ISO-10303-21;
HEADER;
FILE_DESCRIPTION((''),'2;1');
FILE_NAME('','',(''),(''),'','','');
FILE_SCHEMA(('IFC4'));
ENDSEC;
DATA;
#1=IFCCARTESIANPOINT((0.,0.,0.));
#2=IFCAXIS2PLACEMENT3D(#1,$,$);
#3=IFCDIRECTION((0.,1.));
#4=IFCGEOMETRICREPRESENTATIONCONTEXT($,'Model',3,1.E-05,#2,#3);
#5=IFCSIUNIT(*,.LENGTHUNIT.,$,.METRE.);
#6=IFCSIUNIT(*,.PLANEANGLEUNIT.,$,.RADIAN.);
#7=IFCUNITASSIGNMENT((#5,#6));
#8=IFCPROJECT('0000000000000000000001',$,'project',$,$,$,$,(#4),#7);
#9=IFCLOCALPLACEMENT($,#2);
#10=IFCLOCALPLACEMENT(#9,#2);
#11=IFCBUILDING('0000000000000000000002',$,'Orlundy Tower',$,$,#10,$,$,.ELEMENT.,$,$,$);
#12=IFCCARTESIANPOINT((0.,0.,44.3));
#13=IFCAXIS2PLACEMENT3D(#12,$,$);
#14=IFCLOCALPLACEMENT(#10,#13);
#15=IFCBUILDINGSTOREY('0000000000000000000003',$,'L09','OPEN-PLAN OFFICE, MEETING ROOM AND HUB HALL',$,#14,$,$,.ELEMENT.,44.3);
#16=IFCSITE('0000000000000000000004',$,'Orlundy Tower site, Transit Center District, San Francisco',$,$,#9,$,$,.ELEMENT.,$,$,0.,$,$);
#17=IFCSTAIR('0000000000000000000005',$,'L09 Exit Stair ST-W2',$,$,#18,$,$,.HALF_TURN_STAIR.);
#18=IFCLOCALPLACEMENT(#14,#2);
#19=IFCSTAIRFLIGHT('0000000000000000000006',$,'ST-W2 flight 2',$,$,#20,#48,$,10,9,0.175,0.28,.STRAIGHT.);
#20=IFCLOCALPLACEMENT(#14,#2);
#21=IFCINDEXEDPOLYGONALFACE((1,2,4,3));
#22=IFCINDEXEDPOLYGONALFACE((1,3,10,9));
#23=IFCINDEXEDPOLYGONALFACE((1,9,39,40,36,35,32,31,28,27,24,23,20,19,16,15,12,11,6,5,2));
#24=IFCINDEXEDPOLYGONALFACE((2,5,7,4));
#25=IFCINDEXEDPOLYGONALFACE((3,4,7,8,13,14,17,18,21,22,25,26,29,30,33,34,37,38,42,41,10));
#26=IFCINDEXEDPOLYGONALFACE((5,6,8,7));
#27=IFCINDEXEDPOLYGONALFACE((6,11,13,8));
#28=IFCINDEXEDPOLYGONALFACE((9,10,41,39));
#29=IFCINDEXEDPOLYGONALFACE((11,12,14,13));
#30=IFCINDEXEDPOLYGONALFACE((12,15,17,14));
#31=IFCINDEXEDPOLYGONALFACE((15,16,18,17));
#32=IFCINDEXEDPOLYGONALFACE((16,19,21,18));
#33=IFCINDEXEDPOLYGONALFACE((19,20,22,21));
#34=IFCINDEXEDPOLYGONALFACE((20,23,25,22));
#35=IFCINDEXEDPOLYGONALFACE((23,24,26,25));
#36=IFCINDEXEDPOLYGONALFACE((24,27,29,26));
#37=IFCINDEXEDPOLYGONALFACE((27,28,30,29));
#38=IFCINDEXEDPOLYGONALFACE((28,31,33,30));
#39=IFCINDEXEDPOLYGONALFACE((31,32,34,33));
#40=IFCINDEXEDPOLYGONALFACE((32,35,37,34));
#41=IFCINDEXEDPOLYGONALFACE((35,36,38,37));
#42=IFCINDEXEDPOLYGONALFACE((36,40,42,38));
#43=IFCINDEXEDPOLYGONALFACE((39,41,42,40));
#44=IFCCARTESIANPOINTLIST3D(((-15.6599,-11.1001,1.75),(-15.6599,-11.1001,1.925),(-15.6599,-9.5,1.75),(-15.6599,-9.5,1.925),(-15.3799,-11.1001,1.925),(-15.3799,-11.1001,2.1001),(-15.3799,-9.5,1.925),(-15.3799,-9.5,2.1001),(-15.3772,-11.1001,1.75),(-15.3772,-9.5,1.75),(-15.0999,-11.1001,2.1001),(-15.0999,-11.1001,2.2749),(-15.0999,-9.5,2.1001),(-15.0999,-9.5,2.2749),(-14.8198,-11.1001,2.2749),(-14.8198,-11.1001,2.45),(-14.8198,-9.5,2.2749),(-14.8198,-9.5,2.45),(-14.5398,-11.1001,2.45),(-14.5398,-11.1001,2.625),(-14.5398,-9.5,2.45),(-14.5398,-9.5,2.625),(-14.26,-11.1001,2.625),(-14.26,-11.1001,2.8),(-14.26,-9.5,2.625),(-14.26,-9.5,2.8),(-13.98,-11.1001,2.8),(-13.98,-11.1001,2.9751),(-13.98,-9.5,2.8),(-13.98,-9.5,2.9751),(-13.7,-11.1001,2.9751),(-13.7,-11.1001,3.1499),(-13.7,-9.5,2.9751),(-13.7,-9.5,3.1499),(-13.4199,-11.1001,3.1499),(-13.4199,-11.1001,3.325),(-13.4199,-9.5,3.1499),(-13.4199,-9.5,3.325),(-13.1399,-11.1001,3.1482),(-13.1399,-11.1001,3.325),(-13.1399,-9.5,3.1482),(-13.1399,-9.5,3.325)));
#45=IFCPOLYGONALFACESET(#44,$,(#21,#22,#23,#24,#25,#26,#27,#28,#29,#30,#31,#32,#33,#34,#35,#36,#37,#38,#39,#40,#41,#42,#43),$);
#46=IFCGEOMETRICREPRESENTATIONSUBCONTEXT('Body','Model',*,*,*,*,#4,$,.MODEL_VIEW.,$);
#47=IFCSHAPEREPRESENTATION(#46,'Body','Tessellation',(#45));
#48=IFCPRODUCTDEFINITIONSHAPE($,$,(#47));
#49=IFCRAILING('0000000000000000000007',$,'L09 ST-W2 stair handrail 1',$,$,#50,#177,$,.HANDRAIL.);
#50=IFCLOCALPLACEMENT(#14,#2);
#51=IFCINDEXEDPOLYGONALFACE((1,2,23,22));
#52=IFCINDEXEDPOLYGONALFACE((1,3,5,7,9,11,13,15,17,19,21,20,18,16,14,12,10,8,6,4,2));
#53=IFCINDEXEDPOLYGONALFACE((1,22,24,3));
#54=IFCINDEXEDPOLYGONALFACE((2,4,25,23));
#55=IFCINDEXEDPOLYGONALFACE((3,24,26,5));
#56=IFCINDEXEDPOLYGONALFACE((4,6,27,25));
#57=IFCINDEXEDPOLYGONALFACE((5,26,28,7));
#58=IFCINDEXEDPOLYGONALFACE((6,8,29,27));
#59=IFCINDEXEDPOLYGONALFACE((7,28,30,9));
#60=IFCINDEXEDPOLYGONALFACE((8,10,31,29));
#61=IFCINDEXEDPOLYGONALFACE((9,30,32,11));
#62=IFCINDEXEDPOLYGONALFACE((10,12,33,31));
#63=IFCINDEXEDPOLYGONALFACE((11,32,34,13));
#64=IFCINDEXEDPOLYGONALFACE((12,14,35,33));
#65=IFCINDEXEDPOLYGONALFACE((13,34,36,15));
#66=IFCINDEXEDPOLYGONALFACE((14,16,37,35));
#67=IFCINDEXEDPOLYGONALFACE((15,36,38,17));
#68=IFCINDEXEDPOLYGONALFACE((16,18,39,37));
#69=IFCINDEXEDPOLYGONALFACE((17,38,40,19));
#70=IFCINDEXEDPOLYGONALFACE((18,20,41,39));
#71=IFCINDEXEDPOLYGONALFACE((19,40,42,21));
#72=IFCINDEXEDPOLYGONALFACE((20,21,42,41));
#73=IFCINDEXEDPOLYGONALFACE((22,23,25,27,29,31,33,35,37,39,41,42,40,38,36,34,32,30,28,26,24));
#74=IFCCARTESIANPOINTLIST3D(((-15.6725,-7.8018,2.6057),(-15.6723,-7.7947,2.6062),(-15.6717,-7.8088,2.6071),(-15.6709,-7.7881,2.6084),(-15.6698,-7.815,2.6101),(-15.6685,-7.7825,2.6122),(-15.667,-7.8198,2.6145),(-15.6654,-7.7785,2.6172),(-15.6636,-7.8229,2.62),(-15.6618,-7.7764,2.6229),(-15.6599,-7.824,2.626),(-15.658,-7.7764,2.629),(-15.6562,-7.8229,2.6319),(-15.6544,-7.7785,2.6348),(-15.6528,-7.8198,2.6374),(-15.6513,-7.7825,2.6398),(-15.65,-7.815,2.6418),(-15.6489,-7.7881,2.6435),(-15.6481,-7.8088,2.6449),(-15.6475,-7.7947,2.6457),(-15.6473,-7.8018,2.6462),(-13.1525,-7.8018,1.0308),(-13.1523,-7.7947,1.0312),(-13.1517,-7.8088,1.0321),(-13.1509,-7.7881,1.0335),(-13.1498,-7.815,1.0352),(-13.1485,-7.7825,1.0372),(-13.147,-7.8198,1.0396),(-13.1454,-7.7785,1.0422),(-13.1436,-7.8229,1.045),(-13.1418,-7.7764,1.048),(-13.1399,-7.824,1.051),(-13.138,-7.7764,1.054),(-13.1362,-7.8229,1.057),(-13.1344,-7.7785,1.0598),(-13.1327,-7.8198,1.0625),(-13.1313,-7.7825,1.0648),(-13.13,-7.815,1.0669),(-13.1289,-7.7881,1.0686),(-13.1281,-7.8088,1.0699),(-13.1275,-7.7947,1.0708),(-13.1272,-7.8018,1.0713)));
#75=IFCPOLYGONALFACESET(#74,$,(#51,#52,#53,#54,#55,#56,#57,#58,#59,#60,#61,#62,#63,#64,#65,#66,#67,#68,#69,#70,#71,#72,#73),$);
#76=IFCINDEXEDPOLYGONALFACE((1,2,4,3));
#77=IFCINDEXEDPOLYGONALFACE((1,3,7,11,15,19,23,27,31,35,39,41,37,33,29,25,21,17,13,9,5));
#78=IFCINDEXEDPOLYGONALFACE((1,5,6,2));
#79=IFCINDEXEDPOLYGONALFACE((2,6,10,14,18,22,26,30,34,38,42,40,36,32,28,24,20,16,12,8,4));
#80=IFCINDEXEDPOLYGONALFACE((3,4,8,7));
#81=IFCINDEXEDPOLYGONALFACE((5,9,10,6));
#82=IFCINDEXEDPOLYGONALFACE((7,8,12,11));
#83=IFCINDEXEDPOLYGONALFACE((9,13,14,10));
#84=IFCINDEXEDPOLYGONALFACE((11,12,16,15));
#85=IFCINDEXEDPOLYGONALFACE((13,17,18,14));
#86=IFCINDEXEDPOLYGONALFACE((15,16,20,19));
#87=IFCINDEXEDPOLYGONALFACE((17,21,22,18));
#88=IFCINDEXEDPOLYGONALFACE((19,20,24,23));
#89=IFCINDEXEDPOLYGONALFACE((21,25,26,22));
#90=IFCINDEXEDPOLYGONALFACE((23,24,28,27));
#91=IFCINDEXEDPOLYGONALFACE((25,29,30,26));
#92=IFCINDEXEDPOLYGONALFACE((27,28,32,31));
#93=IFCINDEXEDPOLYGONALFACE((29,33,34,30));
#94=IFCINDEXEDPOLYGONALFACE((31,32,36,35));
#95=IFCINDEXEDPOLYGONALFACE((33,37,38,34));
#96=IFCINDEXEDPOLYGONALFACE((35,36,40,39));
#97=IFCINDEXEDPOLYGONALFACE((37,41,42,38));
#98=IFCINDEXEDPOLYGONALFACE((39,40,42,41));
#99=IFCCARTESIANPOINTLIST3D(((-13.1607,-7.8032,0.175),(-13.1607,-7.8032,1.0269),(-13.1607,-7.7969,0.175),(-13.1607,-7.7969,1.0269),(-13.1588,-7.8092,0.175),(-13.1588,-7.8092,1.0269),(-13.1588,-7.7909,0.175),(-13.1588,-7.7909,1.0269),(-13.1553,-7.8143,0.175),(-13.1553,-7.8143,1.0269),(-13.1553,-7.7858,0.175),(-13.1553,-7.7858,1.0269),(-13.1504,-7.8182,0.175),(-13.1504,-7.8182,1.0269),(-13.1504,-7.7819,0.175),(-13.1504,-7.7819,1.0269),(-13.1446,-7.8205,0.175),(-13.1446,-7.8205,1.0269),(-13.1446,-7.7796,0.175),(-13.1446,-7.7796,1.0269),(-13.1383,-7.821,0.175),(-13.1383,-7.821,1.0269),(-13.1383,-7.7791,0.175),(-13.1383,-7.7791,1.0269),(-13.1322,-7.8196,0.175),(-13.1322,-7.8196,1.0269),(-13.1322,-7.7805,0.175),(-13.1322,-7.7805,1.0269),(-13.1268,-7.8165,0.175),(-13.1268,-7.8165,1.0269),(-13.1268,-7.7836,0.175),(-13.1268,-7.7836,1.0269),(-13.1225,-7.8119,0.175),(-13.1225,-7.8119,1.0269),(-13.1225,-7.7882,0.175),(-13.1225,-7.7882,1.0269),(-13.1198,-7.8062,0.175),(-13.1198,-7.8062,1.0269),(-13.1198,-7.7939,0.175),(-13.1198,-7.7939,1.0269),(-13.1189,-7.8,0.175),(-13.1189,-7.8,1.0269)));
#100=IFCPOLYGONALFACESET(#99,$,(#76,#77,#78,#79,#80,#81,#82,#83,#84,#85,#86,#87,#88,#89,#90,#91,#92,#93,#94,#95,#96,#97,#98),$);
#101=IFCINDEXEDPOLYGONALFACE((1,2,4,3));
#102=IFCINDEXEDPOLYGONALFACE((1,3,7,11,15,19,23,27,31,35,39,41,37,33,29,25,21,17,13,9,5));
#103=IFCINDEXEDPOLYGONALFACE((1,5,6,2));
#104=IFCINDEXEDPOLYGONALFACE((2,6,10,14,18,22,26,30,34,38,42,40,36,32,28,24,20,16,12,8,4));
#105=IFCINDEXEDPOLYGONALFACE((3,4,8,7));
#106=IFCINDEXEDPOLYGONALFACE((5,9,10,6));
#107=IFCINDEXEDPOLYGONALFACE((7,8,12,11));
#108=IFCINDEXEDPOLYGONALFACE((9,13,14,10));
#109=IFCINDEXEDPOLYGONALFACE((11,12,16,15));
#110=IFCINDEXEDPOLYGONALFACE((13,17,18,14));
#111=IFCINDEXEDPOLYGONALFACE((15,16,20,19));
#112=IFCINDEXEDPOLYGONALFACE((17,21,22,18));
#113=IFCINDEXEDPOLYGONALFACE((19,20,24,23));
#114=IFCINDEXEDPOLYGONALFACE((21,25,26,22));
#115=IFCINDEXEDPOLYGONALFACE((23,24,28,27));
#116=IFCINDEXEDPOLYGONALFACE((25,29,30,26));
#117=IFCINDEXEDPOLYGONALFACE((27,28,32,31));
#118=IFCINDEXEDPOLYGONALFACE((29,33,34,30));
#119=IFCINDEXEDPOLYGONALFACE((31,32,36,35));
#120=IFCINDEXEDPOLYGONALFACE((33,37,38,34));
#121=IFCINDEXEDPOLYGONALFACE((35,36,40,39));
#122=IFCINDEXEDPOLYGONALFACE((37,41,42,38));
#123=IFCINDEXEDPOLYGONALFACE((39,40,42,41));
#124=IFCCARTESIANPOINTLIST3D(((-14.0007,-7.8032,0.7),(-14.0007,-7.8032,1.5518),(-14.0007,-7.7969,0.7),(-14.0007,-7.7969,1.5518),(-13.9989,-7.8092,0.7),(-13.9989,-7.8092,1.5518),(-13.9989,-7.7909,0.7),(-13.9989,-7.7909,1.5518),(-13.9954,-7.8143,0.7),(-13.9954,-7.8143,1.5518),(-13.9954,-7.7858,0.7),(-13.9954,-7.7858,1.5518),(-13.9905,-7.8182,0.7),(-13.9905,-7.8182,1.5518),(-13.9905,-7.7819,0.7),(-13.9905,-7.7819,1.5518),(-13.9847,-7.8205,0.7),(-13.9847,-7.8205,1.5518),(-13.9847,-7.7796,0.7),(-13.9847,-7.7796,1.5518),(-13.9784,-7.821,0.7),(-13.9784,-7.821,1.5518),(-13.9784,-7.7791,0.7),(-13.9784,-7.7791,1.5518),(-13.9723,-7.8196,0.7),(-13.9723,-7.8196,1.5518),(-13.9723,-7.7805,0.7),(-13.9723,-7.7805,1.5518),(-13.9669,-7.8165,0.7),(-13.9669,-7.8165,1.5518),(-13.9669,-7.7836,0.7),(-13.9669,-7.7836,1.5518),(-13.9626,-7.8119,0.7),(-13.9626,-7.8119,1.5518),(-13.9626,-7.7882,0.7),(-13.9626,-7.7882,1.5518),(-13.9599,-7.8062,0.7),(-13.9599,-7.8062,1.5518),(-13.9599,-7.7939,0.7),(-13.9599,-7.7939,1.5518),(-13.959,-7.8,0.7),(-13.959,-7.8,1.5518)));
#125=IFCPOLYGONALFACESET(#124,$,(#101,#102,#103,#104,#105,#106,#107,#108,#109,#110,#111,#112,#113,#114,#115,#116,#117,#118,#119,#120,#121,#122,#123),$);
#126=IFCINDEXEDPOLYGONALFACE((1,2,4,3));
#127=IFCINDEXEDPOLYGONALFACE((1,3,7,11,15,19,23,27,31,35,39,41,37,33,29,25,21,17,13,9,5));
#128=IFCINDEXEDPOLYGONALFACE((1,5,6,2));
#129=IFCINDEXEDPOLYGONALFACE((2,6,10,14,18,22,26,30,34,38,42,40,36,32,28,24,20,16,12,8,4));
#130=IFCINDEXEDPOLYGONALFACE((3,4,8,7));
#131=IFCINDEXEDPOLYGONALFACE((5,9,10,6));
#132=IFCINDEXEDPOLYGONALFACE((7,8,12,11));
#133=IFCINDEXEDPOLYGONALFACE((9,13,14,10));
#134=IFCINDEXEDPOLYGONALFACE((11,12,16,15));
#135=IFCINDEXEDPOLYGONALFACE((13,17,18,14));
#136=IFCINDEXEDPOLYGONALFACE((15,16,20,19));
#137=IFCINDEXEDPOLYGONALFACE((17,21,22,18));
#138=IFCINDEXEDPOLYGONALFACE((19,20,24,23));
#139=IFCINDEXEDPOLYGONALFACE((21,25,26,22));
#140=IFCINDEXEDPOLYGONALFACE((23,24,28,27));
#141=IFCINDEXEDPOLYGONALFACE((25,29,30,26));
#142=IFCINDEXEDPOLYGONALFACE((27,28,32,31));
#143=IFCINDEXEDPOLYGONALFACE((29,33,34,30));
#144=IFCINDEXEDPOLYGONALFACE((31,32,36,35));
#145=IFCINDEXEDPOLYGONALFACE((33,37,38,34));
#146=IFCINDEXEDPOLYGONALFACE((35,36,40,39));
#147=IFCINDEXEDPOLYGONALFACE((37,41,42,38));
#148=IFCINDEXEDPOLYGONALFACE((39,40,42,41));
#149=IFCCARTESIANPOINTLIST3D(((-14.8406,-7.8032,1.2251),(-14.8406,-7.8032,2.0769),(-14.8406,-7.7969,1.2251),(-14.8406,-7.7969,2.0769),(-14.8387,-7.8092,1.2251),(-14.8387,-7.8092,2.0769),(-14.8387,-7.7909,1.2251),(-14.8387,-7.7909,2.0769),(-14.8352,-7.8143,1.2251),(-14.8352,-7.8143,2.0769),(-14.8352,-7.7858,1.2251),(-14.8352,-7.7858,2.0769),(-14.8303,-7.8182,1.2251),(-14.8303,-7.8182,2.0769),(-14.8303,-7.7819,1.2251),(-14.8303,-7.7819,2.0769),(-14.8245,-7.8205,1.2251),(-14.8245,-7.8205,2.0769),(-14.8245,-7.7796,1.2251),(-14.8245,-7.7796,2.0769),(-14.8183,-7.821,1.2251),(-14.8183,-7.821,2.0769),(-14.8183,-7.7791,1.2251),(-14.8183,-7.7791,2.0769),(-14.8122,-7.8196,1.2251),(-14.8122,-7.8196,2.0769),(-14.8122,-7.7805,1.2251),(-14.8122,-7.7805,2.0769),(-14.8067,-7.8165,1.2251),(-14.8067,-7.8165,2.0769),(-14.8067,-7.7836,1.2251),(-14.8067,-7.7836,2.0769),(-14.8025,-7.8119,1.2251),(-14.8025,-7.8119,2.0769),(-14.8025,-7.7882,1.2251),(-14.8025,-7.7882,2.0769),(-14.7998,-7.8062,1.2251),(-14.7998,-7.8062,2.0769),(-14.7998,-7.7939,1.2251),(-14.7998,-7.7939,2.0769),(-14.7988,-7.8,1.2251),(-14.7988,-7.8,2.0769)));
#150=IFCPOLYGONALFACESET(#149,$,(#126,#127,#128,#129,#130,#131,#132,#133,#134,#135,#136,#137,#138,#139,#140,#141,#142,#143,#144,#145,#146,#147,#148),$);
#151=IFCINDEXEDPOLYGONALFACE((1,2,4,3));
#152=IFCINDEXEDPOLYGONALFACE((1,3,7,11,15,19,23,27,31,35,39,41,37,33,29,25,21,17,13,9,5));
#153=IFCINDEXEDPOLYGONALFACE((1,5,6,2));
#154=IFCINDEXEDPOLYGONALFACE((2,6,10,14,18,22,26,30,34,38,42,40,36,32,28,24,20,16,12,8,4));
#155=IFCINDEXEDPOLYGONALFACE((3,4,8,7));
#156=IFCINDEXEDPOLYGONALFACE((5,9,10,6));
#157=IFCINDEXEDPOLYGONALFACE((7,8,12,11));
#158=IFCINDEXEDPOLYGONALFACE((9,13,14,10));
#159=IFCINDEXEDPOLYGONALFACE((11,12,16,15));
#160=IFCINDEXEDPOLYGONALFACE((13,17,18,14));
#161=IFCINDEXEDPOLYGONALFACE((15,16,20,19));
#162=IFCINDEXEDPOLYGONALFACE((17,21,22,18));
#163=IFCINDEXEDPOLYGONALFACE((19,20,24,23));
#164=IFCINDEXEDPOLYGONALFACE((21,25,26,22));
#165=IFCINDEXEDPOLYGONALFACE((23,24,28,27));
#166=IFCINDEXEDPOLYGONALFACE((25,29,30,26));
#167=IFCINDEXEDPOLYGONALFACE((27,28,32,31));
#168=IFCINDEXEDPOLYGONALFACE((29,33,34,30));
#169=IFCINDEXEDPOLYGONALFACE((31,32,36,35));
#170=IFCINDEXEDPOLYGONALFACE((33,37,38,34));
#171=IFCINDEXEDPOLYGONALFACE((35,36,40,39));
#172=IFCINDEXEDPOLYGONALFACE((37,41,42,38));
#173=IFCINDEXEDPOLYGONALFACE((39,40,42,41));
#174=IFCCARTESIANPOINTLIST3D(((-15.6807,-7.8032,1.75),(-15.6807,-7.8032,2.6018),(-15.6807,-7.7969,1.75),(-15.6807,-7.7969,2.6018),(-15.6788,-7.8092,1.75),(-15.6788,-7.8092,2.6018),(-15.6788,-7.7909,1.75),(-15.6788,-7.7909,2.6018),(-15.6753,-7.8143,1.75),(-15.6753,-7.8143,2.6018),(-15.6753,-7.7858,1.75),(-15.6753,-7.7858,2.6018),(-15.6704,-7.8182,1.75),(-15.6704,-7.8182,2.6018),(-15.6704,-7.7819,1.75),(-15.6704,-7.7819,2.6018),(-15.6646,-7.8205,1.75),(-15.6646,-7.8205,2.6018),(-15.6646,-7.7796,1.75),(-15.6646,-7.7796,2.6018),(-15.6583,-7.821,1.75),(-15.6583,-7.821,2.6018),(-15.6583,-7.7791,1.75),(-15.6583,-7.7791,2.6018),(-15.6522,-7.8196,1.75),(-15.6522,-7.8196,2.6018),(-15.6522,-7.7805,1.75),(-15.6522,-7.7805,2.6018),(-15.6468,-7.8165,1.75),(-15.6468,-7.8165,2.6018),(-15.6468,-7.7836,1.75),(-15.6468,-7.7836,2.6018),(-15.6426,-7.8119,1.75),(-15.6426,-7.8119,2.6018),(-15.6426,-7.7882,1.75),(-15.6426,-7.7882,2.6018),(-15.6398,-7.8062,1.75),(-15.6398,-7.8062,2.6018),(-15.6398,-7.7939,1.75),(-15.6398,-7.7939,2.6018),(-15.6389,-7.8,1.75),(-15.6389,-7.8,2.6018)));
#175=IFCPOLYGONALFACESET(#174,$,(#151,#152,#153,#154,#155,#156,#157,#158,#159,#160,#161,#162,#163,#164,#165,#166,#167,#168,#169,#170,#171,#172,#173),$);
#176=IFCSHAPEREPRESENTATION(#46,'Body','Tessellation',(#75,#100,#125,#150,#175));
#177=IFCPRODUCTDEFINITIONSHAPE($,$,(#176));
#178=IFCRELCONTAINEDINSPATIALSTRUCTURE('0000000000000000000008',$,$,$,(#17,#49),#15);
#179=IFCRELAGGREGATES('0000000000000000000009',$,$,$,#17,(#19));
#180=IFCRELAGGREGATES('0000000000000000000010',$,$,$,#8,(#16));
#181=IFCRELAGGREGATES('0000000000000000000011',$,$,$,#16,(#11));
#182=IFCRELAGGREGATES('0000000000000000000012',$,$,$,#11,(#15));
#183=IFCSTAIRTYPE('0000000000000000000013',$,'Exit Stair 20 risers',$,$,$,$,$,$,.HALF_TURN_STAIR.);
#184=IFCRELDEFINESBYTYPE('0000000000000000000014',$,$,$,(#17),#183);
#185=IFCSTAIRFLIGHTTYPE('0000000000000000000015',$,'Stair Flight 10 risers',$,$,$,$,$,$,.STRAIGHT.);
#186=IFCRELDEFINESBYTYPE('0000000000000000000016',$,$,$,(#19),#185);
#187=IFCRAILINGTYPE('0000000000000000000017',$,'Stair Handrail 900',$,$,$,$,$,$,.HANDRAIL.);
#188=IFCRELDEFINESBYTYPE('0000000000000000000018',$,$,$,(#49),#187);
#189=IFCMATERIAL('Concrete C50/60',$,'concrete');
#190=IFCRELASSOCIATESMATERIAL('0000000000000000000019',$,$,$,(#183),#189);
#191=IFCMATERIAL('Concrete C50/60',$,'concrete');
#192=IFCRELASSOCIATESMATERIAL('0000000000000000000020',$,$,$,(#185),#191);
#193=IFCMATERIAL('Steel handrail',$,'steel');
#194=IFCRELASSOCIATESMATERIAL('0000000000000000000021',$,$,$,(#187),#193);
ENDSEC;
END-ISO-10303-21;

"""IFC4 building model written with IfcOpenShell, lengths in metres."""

from ifc_helpers import new_model, si_unit, direction, frame, origin, origin_2d, place, context, subcontext, project, spatial, polyline, circle, outline, extrude, material, type_object, element, aggregate, save


model = new_model("IFC4")

# Units and contexts
model_context = context("Model", 3, precision=1e-05, world=origin(), true_north=direction((0.0, 1.0)))
body_context = subcontext(model_context, "Body", "Model", "MODEL_VIEW")
ifc_project = project(units=[si_unit("LENGTHUNIT", "METRE"), si_unit("PLANEANGLEUNIT", "RADIAN")], contexts=[model_context])

# Site, building, storey
site_placement = place(None, origin())
site = spatial("IfcSite", under=ifc_project, at=site_placement, Name="Orlundy Tower site, Transit Center District, San Francisco", CompositionType="ELEMENT", RefElevation=0.0)
building_placement = place(site_placement, origin())
building = spatial("IfcBuilding", under=site, at=building_placement, Name="Orlundy Tower", CompositionType="ELEMENT")
storey_placement = place(building_placement, frame((0.0, 0.0, 44.3)))
storey = spatial("IfcBuildingStorey", under=building, at=storey_placement, Name="L09", Description="OPEN-PLAN OFFICE, MEETING ROOM AND HUB HALL", CompositionType="ELEMENT", Elevation=44.3)

# Stair, stair flight
ifc_material_1 = material(Name="Concrete C50/60", Category="concrete")
stair_type = type_object("IfcStairType", Name="Exit Stair 20 risers", PredefinedType="HALF_TURN_STAIR", material=ifc_material_1)
stair_placement = place(storey_placement, origin())
stair = element("IfcStair", 1, at=stair_placement, inside=storey, type_object=stair_type, Name="L09 Exit Stair ST-W2", PredefinedType="HALF_TURN_STAIR")
ifc_material_2 = material(Name="Concrete C50/60", Category="concrete")
stair_flight_type = type_object("IfcStairFlightType", Name="Stair Flight 10 risers", PredefinedType="STRAIGHT", material=ifc_material_2)
stair_flight_1_placement = place(storey_placement, frame((-15.6599, -10.3, 1.75), z_axis=(0.0, 0.0, 1.0), x_axis=(1.0, 0.0, 0.0)))
stair_flight_1 = element("IfcStairFlight", 2, at=stair_flight_1_placement, type_object=stair_flight_type, Name="ST-W2 flight 2", NumberOfRisers=10, NumberOfTreads=9, PredefinedType="STRAIGHT", RiserHeight=0.175, TreadLength=0.28, context=body_context, shape_type="SweptSolid", body=[
    extrude(outline(polyline([(0.0, 0.0), (0.0, 0.175), (0.28, 0.175), (0.28, 0.3501), (0.5601, 0.3501), (0.5601, 0.5249), (0.8401, 0.5249), (0.8401, 0.7), (1.1201, 0.7), (1.1201, 0.875), (1.3999, 0.875), (1.3999, 1.05), (1.6799, 1.05), (1.6799, 1.2251), (1.96, 1.2251), (1.96, 1.3999), (2.24, 1.3999), (2.24, 1.575), (2.52, 1.575), (2.52, 1.75), (2.52, 1.3982), (0.2827, 0.0), (0.0, 0.0)])), frame((0.0, 0.8, 0.0), z_axis=(0.0, -1.0, 0.0), x_axis=(1.0, 0.0, 0.0)), (0.0, 0.0, 1.0), 1.6001),
])
aggregate(stair, [stair_flight_1])

# Railing
ifc_material_3 = material(Name="Steel handrail", Category="steel")
railing_type_1 = type_object("IfcRailingType", Name="Stair Handrail 900", PredefinedType="HANDRAIL", material=ifc_material_3)
railing_1_placement = place(storey_placement, frame((-13.1399, -7.8, 0.175)))
element("IfcRailing", 3, at=railing_1_placement, inside=storey, type_object=railing_type_1, Name="L09 ST-W2 stair handrail 1", PredefinedType="HANDRAIL", context=body_context, shape_type="SweptSolid", body=[
    extrude(circle(Radius=0.0239, at=origin_2d()), frame((0.0, 0.0, 0.876), z_axis=(-0.848008, 0.0, 0.529984), x_axis=(0.0, -1.0, 0.0)), (0.0, 0.0, 1.0), 2.9717),
    extrude(circle(Radius=0.021, at=origin_2d()), origin(), (0.0, 0.0, 1.0), 0.8518),
    extrude(circle(Radius=0.021, at=origin_2d()), frame((-0.8401, 0.0, 0.5249)), (0.0, 0.0, 1.0), 0.8518),
    extrude(circle(Radius=0.021, at=origin_2d()), frame((-1.6799, 0.0, 1.05)), (0.0, 0.0, 1.0), 0.8518),
    extrude(circle(Radius=0.021, at=origin_2d()), frame((-2.52, 0.0, 1.575)), (0.0, 0.0, 1.0), 0.8518),
])

save(model, "model.ifc")
